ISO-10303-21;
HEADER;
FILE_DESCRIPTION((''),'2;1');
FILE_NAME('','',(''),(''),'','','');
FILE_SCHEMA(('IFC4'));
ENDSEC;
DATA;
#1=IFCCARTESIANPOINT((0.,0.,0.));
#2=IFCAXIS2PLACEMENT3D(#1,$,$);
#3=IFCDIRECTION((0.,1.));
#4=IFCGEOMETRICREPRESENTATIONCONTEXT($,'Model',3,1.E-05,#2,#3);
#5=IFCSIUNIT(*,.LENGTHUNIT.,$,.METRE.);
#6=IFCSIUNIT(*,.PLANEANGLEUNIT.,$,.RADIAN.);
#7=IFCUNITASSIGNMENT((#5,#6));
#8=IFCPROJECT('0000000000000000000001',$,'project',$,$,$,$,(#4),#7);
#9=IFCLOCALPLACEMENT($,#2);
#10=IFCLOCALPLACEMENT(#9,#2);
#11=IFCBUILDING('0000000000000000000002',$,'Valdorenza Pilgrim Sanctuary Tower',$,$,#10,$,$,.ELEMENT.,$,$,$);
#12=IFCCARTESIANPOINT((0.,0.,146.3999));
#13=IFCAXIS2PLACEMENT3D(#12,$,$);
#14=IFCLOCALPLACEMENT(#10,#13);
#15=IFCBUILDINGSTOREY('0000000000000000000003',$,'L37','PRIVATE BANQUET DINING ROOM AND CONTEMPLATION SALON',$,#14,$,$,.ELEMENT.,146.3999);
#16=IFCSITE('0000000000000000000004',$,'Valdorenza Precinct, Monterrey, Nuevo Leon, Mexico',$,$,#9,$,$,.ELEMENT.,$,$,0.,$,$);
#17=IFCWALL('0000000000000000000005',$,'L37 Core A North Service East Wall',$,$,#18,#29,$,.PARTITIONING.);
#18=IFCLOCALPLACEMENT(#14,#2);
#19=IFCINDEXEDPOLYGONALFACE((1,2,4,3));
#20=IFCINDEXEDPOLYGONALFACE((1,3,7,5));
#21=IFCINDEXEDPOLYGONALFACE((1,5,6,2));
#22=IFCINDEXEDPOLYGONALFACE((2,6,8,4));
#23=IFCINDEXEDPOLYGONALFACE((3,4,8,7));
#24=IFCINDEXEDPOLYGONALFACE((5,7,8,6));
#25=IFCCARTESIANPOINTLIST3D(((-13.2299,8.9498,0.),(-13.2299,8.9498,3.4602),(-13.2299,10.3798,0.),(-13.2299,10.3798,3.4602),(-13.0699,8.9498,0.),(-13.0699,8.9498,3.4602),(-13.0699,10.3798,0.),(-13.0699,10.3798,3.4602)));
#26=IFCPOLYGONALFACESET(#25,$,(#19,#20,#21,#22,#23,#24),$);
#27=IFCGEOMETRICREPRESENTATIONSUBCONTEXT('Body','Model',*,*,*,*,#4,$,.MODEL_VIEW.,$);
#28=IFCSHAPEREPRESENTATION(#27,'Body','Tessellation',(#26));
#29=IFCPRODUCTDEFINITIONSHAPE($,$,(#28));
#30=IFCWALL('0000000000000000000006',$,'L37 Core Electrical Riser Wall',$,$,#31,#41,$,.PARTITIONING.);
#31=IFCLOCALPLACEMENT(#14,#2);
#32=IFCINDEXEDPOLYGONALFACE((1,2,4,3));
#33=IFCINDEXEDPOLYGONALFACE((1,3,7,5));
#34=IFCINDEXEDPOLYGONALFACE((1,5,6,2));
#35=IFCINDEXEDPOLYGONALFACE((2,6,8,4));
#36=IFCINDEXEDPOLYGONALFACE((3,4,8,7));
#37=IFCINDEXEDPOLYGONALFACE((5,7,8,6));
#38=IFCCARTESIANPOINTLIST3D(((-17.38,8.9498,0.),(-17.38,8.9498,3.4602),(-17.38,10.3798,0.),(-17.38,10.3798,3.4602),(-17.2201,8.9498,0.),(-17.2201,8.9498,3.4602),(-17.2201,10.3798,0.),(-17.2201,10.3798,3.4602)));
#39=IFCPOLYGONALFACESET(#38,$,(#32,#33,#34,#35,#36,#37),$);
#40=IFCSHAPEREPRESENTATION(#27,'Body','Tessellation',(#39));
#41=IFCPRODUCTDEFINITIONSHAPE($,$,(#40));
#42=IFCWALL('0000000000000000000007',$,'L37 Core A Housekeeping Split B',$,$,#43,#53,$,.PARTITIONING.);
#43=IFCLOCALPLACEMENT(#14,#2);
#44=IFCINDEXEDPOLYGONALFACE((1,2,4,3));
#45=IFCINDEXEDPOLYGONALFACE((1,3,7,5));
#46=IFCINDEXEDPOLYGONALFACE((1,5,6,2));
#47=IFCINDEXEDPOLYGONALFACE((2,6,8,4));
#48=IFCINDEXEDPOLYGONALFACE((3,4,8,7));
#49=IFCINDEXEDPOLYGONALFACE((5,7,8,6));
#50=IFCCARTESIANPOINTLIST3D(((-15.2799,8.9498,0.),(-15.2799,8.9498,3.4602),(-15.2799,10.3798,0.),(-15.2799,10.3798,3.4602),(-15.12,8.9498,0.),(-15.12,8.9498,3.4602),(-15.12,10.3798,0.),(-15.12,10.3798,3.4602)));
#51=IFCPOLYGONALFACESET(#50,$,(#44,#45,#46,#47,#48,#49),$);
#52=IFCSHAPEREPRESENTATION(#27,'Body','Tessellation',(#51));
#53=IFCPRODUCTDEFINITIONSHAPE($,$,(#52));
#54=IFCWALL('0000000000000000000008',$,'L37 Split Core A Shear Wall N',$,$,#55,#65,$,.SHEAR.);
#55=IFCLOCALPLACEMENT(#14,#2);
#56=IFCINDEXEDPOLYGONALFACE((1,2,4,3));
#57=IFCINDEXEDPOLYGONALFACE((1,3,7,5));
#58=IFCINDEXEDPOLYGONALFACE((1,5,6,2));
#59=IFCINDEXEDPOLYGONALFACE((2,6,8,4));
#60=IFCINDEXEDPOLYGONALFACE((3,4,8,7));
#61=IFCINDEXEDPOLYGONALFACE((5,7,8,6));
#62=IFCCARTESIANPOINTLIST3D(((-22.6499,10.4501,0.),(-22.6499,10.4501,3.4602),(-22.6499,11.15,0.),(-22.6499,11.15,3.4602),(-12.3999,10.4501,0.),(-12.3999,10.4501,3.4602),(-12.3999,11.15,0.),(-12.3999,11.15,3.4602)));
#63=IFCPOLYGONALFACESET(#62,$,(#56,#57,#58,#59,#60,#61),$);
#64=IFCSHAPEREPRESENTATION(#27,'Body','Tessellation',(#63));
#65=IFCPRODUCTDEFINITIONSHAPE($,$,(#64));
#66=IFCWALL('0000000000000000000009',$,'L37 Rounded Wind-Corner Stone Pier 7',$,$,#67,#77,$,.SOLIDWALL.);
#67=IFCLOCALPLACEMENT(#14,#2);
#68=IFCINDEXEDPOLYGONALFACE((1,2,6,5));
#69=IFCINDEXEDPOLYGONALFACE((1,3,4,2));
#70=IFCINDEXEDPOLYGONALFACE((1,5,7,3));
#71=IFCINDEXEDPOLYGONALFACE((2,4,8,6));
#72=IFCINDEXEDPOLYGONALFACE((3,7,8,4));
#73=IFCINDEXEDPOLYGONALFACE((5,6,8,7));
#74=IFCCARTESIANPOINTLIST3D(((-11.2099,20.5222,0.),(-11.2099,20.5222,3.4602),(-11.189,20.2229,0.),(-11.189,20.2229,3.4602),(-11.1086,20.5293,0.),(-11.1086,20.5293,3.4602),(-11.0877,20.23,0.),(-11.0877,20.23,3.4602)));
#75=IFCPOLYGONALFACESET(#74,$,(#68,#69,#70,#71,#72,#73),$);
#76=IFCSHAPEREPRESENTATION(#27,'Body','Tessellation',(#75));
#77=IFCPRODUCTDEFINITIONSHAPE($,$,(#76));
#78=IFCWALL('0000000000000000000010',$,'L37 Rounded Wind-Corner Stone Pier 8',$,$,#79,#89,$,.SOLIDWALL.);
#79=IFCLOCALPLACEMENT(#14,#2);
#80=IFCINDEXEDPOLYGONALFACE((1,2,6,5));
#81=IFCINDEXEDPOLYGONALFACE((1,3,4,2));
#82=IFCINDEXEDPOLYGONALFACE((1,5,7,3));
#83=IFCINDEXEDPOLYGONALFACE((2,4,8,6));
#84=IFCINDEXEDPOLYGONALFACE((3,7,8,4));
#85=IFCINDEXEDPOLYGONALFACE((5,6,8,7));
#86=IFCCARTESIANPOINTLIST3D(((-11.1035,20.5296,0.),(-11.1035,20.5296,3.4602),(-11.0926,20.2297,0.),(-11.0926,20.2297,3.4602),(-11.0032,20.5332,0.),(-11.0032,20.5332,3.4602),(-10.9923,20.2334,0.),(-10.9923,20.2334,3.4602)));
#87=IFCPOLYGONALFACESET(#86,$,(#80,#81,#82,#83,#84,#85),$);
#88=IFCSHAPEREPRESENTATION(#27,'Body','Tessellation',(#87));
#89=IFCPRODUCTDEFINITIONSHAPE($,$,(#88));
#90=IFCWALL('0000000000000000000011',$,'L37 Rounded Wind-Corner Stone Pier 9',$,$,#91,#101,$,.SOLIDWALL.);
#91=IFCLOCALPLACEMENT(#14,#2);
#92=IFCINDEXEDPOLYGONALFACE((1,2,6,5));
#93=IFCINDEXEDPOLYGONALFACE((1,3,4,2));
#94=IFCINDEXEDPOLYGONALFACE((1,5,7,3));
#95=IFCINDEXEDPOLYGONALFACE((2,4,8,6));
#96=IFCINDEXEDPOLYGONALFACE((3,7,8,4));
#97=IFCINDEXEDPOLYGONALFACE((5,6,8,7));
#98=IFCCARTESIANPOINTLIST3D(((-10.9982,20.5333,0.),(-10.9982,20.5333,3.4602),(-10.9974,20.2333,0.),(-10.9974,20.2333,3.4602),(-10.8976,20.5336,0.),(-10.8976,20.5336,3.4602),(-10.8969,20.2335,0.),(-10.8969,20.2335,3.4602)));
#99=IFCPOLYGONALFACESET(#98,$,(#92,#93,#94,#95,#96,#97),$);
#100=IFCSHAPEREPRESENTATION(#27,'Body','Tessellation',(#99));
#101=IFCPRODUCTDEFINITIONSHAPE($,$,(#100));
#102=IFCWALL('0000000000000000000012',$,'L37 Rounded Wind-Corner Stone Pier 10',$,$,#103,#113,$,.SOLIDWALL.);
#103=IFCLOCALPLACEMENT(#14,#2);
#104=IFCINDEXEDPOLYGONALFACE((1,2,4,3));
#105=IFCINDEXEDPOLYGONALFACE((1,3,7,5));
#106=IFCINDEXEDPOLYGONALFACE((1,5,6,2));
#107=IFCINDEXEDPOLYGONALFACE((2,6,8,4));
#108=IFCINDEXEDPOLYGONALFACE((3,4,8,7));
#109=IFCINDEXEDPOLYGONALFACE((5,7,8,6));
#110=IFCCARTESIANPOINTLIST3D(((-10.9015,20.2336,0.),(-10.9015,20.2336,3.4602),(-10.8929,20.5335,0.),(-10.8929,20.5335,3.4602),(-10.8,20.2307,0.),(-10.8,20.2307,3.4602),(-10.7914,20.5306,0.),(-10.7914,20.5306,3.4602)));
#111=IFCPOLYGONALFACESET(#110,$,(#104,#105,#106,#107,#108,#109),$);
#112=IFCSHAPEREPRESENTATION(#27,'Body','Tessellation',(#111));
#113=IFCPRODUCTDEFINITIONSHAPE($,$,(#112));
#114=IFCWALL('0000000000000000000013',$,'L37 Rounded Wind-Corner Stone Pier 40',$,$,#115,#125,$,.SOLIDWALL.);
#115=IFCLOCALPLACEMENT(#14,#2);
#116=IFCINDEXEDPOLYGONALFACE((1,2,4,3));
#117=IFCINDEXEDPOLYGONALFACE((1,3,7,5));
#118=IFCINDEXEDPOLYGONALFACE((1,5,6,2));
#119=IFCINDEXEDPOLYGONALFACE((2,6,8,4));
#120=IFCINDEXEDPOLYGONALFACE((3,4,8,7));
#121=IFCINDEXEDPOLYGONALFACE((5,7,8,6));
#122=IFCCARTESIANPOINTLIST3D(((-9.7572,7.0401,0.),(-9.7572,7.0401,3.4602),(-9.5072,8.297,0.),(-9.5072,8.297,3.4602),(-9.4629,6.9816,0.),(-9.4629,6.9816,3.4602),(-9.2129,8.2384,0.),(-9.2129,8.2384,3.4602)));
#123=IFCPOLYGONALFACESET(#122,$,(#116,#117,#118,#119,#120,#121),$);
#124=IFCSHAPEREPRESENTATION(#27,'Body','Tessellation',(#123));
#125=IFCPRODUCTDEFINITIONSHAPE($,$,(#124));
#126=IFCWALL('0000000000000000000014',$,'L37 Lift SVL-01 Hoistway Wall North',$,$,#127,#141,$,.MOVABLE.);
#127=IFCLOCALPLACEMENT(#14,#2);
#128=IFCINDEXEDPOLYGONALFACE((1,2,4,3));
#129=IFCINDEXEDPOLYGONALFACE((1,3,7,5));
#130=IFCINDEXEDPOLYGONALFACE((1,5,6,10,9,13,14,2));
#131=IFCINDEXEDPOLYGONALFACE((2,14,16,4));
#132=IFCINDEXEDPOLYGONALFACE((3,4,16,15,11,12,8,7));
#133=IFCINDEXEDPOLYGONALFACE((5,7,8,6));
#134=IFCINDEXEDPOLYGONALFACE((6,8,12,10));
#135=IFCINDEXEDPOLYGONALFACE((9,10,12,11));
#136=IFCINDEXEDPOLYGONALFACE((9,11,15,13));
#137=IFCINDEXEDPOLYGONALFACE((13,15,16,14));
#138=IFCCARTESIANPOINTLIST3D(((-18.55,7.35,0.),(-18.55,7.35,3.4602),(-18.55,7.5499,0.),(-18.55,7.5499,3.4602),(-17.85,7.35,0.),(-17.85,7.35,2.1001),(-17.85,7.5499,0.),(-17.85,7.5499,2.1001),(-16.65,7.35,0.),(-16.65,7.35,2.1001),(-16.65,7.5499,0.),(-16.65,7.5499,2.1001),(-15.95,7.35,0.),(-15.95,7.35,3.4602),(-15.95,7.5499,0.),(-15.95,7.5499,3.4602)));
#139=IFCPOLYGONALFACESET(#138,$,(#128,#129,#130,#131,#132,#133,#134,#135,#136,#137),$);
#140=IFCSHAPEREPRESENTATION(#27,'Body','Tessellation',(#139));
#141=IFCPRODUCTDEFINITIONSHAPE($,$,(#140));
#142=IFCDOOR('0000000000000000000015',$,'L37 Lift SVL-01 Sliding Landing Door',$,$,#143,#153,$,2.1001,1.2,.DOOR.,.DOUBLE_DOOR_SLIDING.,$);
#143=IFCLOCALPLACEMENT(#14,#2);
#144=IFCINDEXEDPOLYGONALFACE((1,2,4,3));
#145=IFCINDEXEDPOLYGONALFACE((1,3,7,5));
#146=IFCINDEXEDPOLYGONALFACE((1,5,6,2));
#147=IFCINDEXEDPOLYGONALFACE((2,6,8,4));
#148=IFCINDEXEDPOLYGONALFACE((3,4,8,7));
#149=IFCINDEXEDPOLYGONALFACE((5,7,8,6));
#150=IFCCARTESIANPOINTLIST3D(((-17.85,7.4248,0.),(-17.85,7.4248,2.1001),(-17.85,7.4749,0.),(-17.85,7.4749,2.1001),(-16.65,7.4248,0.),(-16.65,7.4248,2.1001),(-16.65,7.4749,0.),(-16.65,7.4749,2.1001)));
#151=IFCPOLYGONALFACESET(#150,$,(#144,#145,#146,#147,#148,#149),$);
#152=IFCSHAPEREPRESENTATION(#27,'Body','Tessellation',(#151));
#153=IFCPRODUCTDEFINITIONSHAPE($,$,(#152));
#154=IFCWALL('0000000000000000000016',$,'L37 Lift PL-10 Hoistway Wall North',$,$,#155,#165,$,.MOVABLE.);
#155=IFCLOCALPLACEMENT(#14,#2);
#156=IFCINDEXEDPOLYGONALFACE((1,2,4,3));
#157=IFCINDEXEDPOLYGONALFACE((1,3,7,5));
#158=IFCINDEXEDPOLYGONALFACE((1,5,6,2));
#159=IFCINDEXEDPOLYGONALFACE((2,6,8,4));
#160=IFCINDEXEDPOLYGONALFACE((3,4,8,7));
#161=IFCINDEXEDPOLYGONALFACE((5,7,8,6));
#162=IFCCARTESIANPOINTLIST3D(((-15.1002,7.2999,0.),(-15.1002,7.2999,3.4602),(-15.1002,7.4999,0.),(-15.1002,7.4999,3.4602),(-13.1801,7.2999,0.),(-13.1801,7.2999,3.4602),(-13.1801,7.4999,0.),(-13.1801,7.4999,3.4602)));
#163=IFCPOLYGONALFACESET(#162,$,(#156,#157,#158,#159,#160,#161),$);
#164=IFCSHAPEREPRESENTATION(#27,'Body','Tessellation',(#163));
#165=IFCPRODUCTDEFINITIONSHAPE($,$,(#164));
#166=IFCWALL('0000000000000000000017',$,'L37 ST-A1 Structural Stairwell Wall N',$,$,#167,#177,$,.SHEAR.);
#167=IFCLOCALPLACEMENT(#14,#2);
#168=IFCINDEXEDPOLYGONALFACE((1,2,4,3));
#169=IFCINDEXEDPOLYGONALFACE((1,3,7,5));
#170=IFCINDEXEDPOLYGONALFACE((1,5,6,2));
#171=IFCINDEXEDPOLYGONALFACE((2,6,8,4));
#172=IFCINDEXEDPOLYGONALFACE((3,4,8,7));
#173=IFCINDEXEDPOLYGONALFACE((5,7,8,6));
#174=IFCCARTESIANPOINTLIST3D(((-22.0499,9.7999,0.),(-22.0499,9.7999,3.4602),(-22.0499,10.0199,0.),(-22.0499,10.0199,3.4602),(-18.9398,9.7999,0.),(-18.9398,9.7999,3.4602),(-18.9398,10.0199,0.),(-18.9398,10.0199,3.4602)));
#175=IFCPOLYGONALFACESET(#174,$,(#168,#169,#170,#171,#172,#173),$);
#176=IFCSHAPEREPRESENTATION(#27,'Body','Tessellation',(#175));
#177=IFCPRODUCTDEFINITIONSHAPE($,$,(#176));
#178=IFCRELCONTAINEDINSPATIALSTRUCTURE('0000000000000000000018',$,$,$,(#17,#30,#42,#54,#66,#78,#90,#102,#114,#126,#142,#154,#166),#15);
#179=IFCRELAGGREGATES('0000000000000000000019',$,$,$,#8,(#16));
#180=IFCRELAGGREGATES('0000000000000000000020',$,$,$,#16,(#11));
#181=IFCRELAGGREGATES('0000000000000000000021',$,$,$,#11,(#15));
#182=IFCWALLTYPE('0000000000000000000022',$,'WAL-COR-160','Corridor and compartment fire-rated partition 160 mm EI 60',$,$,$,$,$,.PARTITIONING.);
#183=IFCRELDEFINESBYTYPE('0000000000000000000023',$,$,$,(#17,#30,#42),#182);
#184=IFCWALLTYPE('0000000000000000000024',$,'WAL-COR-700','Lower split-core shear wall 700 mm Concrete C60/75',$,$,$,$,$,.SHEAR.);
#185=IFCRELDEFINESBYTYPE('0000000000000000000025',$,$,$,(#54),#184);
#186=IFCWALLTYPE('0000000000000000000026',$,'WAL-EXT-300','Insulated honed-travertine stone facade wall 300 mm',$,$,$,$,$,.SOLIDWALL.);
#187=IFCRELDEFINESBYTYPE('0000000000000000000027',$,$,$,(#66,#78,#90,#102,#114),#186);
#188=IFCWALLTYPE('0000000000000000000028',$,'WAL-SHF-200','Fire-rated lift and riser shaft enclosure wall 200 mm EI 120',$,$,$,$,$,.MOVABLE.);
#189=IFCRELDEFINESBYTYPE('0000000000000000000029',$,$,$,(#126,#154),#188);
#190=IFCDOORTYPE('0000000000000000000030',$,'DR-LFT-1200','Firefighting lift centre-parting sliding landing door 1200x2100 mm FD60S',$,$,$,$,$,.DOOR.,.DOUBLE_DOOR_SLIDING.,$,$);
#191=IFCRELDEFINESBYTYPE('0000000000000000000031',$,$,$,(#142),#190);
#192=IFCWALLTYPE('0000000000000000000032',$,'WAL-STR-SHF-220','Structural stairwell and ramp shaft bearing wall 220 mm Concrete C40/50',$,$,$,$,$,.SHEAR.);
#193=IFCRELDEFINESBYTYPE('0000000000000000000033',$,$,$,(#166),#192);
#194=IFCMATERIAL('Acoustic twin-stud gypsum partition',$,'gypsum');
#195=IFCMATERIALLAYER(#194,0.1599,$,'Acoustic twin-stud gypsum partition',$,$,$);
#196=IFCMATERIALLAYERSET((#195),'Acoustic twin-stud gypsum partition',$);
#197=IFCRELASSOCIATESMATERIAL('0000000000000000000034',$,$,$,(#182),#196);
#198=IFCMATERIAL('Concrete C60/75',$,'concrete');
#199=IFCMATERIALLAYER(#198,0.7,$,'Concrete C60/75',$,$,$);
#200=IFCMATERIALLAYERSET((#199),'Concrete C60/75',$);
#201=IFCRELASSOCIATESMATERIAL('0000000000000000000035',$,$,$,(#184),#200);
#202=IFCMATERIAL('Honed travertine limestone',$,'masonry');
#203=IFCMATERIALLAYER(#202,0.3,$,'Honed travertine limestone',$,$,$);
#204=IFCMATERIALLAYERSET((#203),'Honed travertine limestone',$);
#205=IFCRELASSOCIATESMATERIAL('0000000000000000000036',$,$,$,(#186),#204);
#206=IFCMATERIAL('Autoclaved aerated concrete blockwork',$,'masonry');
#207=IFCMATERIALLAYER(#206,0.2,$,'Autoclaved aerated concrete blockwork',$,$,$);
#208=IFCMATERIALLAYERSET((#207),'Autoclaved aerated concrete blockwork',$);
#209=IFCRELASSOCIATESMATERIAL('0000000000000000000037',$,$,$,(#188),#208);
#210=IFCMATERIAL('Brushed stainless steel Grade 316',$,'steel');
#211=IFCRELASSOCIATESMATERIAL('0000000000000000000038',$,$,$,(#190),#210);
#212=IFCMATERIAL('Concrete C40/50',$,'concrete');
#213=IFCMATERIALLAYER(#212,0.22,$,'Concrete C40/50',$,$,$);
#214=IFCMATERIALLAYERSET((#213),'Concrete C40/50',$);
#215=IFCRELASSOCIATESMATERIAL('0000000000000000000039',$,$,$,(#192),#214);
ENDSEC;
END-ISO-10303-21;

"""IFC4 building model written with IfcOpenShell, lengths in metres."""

from ifc_helpers import new_model, si_unit, direction, frame, frame_2d, origin, place, context, subcontext, project, spatial, rectangle, extrude, material, layer, layer_set, type_object, element, fill, save


model = new_model("IFC4")

# Units and contexts
model_context = context("Model", 3, precision=1e-05, world=origin(), true_north=direction((0.0, 1.0)))
body_context = subcontext(model_context, "Body", "Model", "MODEL_VIEW")
ifc_project = project(units=[si_unit("LENGTHUNIT", "METRE"), si_unit("PLANEANGLEUNIT", "RADIAN")], contexts=[model_context])

# Site, building, storey
site_placement = place(None, origin())
site = spatial("IfcSite", under=ifc_project, at=site_placement, Name="Valdorenza Precinct, Monterrey, Nuevo Leon, Mexico", CompositionType="ELEMENT", RefElevation=0.0)
building_placement = place(site_placement, origin())
building = spatial("IfcBuilding", under=site, at=building_placement, Name="Valdorenza Pilgrim Sanctuary Tower", CompositionType="ELEMENT")
storey_placement = place(building_placement, frame((0.0, 0.0, 146.3999)))
storey = spatial("IfcBuildingStorey", under=building, at=storey_placement, Name="L37", Description="PRIVATE BANQUET DINING ROOM AND CONTEMPLATION SALON", CompositionType="ELEMENT", Elevation=146.3999)

# Shared definitions
ifc_material_1 = material(Name="Concrete C60/75", Category="concrete")

# Shared definitions
ifc_material_2 = material(Name="Honed travertine limestone", Category="masonry")

# Shared definitions
ifc_material_3 = material(Name="Acoustic twin-stud gypsum partition", Category="gypsum")
ifc_layer_1 = layer(ifc_material_3, 0.1599, Name="Acoustic twin-stud gypsum partition")
ifc_layer_set_1 = layer_set([ifc_layer_1], Name="Acoustic twin-stud gypsum partition")
wall_type_1 = type_object("IfcWallType", Name="WAL-COR-160", Description="Corridor and compartment fire-rated partition 160 mm EI 60", PredefinedType="PARTITIONING", material=ifc_layer_set_1)

# Walls
for number, where, z_axis, x_axis, name in (
    (1, (-13.1499, 8.95, 0.0), (0.0, 0.0, 1.0), (0.0, 1.0, 0.0), "L37 Core A North Service East Wall"),
    (2, (-17.3, 8.95, 0.0), (0.0, 0.0, 1.0), (0.0, 1.0, 0.0), "L37 Core Electrical Riser Wall"),
    (3, (-15.2, 8.95, 0.0), (0.0, 0.0, 1.0), (0.0, 1.0, 0.0), "L37 Core A Housekeeping Split B"),
):
    element("IfcWall", number, at=place(storey_placement, frame(where, z_axis=z_axis, x_axis=x_axis)), inside=storey, type_object=wall_type_1, Name=name, PredefinedType="PARTITIONING", context=body_context, shape_type="SweptSolid", body=[
        extrude(rectangle(XDim=1.4299, YDim=0.1599, at=frame_2d((0.7148, 0.0))), origin(), (0.0, 0.0, 1.0), 3.4602),
    ])
ifc_layer_2 = layer(ifc_material_1, 0.7, Name="Concrete C60/75")
ifc_layer_set_2 = layer_set([ifc_layer_2], Name="Concrete C60/75")
wall_type_2 = type_object("IfcWallType", Name="WAL-COR-700", Description="Lower split-core shear wall 700 mm Concrete C60/75", PredefinedType="SHEAR", material=ifc_layer_set_2)
wall_1_placement = place(storey_placement, frame((-22.6499, 10.8, 0.0), z_axis=(0.0, 0.0, 1.0), x_axis=(1.0, 0.0, 0.0)))
element("IfcWall", 4, at=wall_1_placement, inside=storey, type_object=wall_type_2, Name="L37 Split Core A Shear Wall N", PredefinedType="SHEAR", context=body_context, shape_type="SweptSolid", body=[
    extrude(rectangle(XDim=10.25, YDim=0.7, at=frame_2d((5.125, 0.0))), origin(), (0.0, 0.0, 1.0), 3.4602),
])
ifc_layer_3 = layer(ifc_material_2, 0.3, Name="Honed travertine limestone")
ifc_layer_set_3 = layer_set([ifc_layer_3], Name="Honed travertine limestone")
wall_type_3 = type_object("IfcWallType", Name="WAL-EXT-300", Description="Insulated honed-travertine stone facade wall 300 mm", PredefinedType="SOLIDWALL", material=ifc_layer_set_3)
wall_2_placement = place(storey_placement, frame((-11.1995, 20.3726, 0.0), z_axis=(0.0, 0.0, 1.0), x_axis=(0.997567, 0.06971, 0.0)))
element("IfcWall", 5, at=wall_2_placement, inside=storey, type_object=wall_type_3, Name="L37 Rounded Wind-Corner Stone Pier 7", PredefinedType="SOLIDWALL", context=body_context, shape_type="SweptSolid", body=[
    extrude(rectangle(XDim=0.1016, YDim=0.3, at=frame_2d((0.0508, 0.0))), origin(), (0.0, 0.0, 1.0), 3.4602),
])
wall_3_placement = place(storey_placement, frame((-11.0981, 20.3796, 0.0), z_axis=(0.0, 0.0, 1.0), x_axis=(0.999335, 0.036472, 0.0)))
element("IfcWall", 6, at=wall_3_placement, inside=storey, type_object=wall_type_3, Name="L37 Rounded Wind-Corner Stone Pier 8", PredefinedType="SOLIDWALL", context=body_context, shape_type="SweptSolid", body=[
    extrude(rectangle(XDim=0.1003, YDim=0.3, at=frame_2d((0.0503, 0.0))), origin(), (0.0, 0.0, 1.0), 3.4602),
])
wall_4_placement = place(storey_placement, frame((-10.9978, 20.3833, 0.0), z_axis=(0.0, 0.0, 1.0), x_axis=(0.999997, 0.002427, 0.0)))
element("IfcWall", 7, at=wall_4_placement, inside=storey, type_object=wall_type_3, Name="L37 Rounded Wind-Corner Stone Pier 9", PredefinedType="SOLIDWALL", context=body_context, shape_type="SweptSolid", body=[
    extrude(rectangle(XDim=0.1006, YDim=0.3, at=frame_2d((0.0503, 0.0))), origin(), (0.0, 0.0, 1.0), 3.4602),
])
wall_5_placement = place(storey_placement, frame((-10.8972, 20.3835, 0.0), z_axis=(0.0, 0.0, 1.0), x_axis=(0.999584, -0.028834, 0.0)))
element("IfcWall", 8, at=wall_5_placement, inside=storey, type_object=wall_type_3, Name="L37 Rounded Wind-Corner Stone Pier 10", PredefinedType="SOLIDWALL", context=body_context, shape_type="SweptSolid", body=[
    extrude(rectangle(XDim=0.1016, YDim=0.3, at=frame_2d((0.0508, 0.0))), origin(), (0.0, 0.0, 1.0), 3.4602),
])
wall_6_placement = place(storey_placement, frame((-9.3601, 8.2676, 0.0), z_axis=(0.0, 0.0, 1.0), x_axis=(-0.19509, -0.980785, 0.0)))
element("IfcWall", 9, at=wall_6_placement, inside=storey, type_object=wall_type_3, Name="L37 Rounded Wind-Corner Stone Pier 40", PredefinedType="SOLIDWALL", context=body_context, shape_type="SweptSolid", body=[
    extrude(rectangle(XDim=1.2815, YDim=0.3, at=frame_2d((0.6406, 0.0))), origin(), (0.0, 0.0, 1.0), 3.4602),
])

# Wall, opening, door
ifc_material_4 = material(Name="Autoclaved aerated concrete blockwork", Category="masonry")
ifc_layer_4 = layer(ifc_material_4, 0.2, Name="Autoclaved aerated concrete blockwork")
ifc_layer_set_4 = layer_set([ifc_layer_4], Name="Autoclaved aerated concrete blockwork")
wall_type_4 = type_object("IfcWallType", Name="WAL-SHF-200", Description="Fire-rated lift and riser shaft enclosure wall 200 mm EI 120", PredefinedType="MOVABLE", material=ifc_layer_set_4)
wall_7_placement = place(storey_placement, frame((-18.55, 7.45, 0.0), z_axis=(0.0, 0.0, 1.0), x_axis=(1.0, 0.0, 0.0)))
wall_7 = element("IfcWall", 10, at=wall_7_placement, inside=storey, type_object=wall_type_4, Name="L37 Lift SVL-01 Hoistway Wall North", PredefinedType="MOVABLE", context=body_context, shape_type="SweptSolid", body=[
    extrude(rectangle(XDim=2.6001, YDim=0.2, at=frame_2d((1.3, 0.0))), origin(), (0.0, 0.0, 1.0), 3.4602),
])
opening_1_placement = place(wall_7_placement, frame((0.7, 0.0, 0.0)))
opening_1 = element("IfcOpeningElement", 11, at=opening_1_placement, cuts=wall_7, PredefinedType="OPENING", context=body_context, shape_type="SweptSolid", body=[
    extrude(rectangle(XDim=1.2, YDim=2.1001, at=frame_2d((0.6001, 1.05))), frame((0.0, 0.1147, 0.0), z_axis=(0.0, -1.0, 0.0), x_axis=(1.0, 0.0, 0.0)), (0.0, 0.0, 1.0), 0.2297),
])
ifc_material_5 = material(Name="Brushed stainless steel Grade 316", Category="steel")
door_type_1 = type_object("IfcDoorType", Name="DR-LFT-1200", Description="Firefighting lift centre-parting sliding landing door 1200x2100 mm FD60S", OperationType="DOUBLE_DOOR_SLIDING", PredefinedType="DOOR", material=ifc_material_5)
door_1_placement = place(opening_1_placement, origin())
door_1 = element("IfcDoor", 12, at=door_1_placement, inside=storey, type_object=door_type_1, Name="L37 Lift SVL-01 Sliding Landing Door", OperationType="DOUBLE_DOOR_SLIDING", OverallHeight=2.1001, OverallWidth=1.2, PredefinedType="DOOR", context=body_context, shape_type="SweptSolid", body=[
    extrude(rectangle(XDim=1.2, YDim=2.1001, at=frame_2d((0.6001, 1.05))), frame((0.0, 0.0249, 0.0), z_axis=(0.0, -1.0, 0.0), x_axis=(1.0, 0.0, 0.0)), (0.0, 0.0, 1.0), 0.05),
])
fill(opening_1, door_1)

# Walls
wall_8_placement = place(storey_placement, frame((-15.1001, 7.3999, 0.0), z_axis=(0.0, 0.0, 1.0), x_axis=(1.0, 0.0, 0.0)))
element("IfcWall", 13, at=wall_8_placement, inside=storey, type_object=wall_type_4, Name="L37 Lift PL-10 Hoistway Wall North", PredefinedType="MOVABLE", context=body_context, shape_type="SweptSolid", body=[
    extrude(rectangle(XDim=1.9202, YDim=0.2, at=frame_2d((0.96, 0.0))), origin(), (0.0, 0.0, 1.0), 3.4602),
])
ifc_material_6 = material(Name="Concrete C40/50", Category="concrete")
ifc_layer_5 = layer(ifc_material_6, 0.22, Name="Concrete C40/50")
ifc_layer_set_5 = layer_set([ifc_layer_5], Name="Concrete C40/50")
wall_type_5 = type_object("IfcWallType", Name="WAL-STR-SHF-220", Description="Structural stairwell and ramp shaft bearing wall 220 mm Concrete C40/50", PredefinedType="SHEAR", material=ifc_layer_set_5)
wall_9_placement = place(storey_placement, frame((-22.05, 9.9099, 0.0), z_axis=(0.0, 0.0, 1.0), x_axis=(1.0, 0.0, 0.0)))
element("IfcWall", 14, at=wall_9_placement, inside=storey, type_object=wall_type_5, Name="L37 ST-A1 Structural Stairwell Wall N", PredefinedType="SHEAR", context=body_context, shape_type="SweptSolid", body=[
    extrude(rectangle(XDim=3.1101, YDim=0.22, at=frame_2d((1.5552, 0.0))), origin(), (0.0, 0.0, 1.0), 3.4602),
])

save(model, "model.ifc")
